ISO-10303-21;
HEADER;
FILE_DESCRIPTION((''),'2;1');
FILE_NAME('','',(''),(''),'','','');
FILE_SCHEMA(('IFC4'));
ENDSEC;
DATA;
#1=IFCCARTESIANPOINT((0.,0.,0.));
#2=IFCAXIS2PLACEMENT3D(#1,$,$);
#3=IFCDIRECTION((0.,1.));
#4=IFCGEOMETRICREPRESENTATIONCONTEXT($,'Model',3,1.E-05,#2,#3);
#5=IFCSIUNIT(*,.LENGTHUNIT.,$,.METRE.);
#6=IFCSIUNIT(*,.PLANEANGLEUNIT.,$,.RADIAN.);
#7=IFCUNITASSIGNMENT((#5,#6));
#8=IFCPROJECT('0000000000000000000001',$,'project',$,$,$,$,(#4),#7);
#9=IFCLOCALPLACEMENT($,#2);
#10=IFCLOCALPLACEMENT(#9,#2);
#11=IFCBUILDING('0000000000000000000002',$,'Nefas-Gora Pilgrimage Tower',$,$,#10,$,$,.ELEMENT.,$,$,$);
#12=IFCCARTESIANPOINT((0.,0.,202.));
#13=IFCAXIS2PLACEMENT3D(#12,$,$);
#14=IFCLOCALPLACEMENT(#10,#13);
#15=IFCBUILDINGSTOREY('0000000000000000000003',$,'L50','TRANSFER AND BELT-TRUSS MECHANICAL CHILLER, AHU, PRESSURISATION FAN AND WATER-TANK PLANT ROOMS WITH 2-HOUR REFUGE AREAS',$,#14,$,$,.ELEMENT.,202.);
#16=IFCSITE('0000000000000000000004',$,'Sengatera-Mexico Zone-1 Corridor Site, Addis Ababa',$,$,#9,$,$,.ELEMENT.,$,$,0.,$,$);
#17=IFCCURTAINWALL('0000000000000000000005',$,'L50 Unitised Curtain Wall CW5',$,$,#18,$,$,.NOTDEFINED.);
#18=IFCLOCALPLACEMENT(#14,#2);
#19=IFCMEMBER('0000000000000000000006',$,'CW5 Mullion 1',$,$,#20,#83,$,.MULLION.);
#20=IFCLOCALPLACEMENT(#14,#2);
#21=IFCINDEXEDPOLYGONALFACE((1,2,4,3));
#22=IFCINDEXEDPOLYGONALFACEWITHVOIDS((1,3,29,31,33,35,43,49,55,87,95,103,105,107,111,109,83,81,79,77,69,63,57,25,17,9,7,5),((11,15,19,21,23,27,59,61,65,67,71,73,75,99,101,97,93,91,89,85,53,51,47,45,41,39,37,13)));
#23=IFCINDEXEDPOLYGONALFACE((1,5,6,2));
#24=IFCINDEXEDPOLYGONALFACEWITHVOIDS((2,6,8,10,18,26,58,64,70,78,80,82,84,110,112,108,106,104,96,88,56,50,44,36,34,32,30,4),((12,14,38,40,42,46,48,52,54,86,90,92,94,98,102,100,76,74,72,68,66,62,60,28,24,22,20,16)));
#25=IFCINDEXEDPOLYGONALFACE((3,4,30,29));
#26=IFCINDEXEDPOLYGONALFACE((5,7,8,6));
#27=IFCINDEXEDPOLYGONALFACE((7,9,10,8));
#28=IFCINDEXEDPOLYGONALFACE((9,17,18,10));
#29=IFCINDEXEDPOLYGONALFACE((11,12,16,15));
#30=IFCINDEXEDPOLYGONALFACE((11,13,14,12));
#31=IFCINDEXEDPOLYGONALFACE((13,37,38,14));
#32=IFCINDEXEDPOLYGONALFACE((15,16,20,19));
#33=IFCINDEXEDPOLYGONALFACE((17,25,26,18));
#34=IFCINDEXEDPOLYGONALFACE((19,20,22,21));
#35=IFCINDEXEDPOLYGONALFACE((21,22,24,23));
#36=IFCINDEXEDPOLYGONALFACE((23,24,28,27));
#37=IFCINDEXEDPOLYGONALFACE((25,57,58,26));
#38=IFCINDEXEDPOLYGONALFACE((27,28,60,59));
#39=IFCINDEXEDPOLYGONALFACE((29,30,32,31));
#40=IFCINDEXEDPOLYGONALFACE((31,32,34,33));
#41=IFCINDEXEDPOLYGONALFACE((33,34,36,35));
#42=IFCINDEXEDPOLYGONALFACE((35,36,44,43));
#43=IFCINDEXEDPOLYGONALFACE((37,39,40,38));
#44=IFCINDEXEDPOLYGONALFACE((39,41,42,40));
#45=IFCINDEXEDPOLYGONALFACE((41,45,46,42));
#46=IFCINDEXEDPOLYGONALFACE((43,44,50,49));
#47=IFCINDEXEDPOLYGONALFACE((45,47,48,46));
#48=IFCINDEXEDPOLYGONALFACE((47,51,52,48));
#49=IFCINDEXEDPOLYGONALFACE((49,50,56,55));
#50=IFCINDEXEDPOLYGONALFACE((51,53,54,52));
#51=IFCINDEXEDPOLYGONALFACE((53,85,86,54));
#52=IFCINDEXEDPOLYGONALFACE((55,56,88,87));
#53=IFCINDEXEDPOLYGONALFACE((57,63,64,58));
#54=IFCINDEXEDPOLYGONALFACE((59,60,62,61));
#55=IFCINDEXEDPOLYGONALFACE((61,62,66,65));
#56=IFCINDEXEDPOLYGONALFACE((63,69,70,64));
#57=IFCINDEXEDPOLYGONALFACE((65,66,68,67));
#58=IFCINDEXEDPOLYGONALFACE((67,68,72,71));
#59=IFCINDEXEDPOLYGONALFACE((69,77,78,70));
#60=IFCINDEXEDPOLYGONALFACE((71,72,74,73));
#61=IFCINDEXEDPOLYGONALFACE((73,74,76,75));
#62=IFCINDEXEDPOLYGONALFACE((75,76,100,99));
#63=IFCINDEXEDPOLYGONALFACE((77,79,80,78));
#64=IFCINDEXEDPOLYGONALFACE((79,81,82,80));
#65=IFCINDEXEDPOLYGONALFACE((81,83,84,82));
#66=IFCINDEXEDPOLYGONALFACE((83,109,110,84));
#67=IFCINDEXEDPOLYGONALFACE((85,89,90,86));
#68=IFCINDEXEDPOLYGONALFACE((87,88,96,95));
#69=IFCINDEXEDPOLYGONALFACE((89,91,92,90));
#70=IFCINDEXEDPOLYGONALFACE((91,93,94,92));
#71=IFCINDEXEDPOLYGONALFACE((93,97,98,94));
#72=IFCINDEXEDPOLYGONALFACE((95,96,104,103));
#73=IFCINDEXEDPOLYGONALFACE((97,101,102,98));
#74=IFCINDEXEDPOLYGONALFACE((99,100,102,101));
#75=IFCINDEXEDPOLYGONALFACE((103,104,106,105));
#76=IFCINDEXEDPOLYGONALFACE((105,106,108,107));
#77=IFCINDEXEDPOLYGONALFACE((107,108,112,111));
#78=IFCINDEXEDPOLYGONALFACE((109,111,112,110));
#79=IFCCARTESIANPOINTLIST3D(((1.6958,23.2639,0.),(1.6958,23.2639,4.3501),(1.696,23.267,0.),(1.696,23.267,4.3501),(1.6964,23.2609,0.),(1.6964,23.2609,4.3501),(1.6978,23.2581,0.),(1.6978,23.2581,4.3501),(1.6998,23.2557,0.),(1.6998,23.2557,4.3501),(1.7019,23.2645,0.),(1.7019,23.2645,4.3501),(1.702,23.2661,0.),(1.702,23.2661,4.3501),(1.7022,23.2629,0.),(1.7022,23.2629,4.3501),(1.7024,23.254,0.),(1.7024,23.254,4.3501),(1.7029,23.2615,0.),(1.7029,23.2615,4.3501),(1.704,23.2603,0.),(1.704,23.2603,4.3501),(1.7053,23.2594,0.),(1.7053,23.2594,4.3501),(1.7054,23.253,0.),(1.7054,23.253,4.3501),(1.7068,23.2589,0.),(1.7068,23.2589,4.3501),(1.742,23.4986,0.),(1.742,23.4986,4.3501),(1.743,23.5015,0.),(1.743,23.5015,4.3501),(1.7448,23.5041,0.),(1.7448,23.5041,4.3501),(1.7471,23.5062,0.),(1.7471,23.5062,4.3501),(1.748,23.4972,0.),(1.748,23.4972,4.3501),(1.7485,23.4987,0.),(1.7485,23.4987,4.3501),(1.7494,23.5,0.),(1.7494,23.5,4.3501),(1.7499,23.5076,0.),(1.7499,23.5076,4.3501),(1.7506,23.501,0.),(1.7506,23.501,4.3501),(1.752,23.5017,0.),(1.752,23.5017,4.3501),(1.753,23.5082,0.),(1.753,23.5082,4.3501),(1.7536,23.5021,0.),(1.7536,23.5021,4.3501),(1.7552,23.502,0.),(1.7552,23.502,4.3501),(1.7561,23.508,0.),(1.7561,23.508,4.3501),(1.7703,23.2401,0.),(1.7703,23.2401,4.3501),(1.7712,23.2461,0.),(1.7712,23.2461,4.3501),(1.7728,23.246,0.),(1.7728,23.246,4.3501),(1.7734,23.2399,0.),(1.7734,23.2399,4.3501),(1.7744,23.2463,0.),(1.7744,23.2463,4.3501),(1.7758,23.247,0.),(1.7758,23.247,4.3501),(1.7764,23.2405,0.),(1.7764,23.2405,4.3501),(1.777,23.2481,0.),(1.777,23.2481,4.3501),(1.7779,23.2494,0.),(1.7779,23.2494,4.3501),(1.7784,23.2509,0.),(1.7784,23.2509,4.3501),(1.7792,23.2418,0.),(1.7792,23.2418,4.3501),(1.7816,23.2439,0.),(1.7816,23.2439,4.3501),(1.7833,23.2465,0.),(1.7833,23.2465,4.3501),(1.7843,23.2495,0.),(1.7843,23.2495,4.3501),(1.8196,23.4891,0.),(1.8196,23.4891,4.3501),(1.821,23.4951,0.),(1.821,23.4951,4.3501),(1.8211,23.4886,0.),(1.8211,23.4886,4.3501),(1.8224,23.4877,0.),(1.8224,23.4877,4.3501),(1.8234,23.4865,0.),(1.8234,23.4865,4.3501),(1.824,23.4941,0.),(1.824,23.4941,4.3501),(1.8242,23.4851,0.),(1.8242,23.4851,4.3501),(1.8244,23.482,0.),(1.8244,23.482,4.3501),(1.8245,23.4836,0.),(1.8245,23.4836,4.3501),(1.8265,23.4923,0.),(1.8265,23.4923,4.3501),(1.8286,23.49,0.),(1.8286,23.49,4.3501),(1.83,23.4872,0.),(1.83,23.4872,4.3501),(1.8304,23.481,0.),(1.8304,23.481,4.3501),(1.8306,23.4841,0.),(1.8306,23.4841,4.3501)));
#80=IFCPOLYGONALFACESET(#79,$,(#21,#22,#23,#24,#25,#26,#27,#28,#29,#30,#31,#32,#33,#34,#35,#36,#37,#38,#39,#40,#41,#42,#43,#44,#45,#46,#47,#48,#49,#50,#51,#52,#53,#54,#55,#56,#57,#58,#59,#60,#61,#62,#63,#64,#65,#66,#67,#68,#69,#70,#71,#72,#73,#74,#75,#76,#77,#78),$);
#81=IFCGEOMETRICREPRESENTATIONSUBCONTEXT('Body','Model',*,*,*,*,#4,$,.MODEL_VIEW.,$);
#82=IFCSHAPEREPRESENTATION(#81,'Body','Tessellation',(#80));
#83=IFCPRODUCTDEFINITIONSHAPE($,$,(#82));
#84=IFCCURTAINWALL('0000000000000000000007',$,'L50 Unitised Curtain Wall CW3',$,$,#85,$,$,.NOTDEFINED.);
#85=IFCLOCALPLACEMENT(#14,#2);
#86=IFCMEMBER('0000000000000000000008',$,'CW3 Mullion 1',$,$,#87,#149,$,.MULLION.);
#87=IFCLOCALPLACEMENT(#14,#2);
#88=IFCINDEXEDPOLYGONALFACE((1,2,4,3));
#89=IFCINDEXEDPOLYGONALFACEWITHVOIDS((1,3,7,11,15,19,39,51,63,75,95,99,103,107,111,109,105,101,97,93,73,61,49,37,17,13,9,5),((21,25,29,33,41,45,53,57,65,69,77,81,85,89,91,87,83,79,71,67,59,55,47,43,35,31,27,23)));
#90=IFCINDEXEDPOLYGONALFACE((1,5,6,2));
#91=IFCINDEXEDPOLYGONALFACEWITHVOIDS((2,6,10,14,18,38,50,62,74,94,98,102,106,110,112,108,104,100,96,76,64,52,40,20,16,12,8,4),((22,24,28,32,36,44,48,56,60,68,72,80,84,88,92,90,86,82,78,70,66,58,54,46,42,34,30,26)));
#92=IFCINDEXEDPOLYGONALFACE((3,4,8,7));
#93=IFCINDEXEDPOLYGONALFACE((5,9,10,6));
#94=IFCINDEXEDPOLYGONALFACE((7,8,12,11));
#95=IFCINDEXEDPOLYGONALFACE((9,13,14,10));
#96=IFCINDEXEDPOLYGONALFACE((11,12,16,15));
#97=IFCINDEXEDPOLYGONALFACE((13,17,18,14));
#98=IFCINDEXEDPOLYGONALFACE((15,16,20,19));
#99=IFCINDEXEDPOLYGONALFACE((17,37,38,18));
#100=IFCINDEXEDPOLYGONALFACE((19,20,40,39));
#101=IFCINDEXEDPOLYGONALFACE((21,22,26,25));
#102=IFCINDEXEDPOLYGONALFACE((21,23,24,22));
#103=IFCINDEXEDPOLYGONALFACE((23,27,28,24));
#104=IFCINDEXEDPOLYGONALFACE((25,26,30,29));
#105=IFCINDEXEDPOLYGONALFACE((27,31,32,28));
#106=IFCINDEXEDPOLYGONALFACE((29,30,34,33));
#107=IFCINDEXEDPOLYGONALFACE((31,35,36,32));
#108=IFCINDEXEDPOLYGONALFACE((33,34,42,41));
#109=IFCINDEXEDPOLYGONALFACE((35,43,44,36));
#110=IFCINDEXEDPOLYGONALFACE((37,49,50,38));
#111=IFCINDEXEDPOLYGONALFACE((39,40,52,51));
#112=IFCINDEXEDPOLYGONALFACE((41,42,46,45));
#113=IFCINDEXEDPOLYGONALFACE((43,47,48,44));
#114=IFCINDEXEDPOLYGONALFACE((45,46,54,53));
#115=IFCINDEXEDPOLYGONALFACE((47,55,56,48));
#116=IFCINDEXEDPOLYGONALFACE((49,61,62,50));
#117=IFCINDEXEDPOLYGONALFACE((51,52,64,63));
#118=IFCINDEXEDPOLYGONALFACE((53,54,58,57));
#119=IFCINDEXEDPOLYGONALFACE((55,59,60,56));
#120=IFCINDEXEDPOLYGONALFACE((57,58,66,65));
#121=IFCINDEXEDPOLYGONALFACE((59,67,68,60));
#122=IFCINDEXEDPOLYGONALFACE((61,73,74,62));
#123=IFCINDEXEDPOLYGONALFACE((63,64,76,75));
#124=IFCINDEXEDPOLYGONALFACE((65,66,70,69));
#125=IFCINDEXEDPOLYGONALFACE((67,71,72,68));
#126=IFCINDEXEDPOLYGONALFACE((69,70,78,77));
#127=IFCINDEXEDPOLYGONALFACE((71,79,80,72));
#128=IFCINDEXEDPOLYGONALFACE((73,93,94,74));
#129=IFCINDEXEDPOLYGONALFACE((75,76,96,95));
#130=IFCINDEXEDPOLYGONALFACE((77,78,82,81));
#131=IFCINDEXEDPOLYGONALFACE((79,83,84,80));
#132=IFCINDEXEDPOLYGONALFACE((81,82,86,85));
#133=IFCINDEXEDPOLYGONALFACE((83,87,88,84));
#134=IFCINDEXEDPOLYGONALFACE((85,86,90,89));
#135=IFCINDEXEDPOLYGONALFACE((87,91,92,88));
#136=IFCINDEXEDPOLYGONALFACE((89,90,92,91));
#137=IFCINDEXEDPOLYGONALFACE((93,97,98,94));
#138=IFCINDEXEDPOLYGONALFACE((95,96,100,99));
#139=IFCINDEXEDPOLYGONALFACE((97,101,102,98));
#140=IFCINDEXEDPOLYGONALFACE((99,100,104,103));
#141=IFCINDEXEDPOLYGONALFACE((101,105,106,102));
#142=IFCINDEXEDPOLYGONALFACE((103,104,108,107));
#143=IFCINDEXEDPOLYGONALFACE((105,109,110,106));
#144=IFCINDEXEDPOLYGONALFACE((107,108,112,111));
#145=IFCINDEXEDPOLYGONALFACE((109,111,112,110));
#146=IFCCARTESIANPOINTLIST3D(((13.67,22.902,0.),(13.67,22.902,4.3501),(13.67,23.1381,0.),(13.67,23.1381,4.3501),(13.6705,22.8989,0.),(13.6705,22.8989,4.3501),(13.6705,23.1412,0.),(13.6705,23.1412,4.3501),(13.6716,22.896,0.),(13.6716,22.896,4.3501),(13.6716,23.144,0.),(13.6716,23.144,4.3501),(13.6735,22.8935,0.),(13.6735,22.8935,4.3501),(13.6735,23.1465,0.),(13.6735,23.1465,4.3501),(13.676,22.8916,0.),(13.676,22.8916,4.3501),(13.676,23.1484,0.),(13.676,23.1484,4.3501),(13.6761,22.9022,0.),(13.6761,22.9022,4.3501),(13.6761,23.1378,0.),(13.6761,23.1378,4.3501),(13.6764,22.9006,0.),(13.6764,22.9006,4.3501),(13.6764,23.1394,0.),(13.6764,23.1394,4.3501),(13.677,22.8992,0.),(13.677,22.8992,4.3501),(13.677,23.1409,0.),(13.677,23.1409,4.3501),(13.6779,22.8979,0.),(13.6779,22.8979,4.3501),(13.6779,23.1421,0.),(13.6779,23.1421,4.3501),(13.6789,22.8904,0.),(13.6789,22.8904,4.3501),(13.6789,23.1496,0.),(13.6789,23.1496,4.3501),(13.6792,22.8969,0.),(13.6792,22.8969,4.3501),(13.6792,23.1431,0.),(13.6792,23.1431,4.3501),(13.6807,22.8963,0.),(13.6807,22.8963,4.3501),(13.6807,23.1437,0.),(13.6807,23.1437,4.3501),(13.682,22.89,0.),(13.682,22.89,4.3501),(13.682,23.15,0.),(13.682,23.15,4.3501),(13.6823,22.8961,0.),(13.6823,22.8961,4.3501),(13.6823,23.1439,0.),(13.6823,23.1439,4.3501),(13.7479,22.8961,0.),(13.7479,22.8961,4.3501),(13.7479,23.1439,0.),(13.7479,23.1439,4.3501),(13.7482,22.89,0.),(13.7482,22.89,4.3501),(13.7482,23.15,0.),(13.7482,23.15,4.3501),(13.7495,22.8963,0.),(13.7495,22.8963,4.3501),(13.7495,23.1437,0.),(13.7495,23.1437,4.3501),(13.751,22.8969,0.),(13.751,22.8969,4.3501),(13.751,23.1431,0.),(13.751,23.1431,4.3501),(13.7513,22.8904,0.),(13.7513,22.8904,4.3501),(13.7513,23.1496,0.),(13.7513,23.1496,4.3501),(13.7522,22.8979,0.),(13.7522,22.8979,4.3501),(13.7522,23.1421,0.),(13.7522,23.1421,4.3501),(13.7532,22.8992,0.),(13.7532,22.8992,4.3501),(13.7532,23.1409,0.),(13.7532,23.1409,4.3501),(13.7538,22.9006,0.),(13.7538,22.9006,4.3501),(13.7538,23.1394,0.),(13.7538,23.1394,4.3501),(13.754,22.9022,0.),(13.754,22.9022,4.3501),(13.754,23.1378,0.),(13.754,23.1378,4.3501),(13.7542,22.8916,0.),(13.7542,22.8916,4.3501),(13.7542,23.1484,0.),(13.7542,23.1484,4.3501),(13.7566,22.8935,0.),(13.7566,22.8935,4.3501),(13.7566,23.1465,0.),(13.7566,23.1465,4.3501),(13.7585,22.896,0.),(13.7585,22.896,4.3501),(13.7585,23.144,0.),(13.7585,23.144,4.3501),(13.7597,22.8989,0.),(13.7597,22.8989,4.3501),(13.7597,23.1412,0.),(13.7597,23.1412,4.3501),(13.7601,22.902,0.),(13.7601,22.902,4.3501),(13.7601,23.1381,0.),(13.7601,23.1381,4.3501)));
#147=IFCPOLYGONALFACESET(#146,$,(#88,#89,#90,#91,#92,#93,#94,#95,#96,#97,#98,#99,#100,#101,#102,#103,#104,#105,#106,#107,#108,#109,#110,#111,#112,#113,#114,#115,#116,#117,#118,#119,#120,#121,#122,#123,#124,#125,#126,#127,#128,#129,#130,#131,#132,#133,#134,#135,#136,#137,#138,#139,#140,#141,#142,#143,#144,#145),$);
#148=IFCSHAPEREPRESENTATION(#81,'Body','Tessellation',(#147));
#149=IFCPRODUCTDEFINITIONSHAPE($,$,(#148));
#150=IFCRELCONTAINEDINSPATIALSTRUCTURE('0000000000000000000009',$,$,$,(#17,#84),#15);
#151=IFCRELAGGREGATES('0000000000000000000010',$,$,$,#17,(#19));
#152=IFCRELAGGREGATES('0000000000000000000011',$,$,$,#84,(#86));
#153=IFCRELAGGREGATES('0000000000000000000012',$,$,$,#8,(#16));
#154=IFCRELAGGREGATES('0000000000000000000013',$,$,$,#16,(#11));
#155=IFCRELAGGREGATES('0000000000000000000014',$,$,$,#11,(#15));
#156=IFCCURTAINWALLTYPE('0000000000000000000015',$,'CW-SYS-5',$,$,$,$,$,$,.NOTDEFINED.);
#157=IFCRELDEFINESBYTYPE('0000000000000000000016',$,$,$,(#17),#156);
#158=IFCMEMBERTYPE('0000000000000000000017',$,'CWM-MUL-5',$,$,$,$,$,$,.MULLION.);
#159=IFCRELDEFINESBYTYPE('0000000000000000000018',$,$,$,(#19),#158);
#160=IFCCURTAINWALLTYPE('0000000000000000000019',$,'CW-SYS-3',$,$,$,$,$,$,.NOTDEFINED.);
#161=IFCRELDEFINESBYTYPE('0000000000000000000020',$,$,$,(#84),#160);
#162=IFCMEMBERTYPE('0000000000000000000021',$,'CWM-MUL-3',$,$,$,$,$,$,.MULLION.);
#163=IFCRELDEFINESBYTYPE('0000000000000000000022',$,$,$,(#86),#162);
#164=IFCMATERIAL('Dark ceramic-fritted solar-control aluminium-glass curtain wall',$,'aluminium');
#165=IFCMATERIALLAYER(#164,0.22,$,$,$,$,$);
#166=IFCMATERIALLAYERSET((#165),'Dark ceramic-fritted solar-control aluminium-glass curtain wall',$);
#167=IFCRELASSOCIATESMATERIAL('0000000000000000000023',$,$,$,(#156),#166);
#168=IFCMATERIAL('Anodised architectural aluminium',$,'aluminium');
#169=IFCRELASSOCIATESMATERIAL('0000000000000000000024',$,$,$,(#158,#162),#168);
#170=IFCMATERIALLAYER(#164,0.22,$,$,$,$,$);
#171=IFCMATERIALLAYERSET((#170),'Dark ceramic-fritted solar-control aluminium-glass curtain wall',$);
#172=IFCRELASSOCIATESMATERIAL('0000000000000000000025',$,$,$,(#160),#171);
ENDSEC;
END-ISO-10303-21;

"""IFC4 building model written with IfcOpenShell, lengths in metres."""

from ifc_helpers import new_model, si_unit, direction, frame, origin, origin_2d, place, context, subcontext, project, spatial, hollow_rectangle, extrude, source, transform, mapped, material, layer, layer_set, material_profile, profile_set, type_object, element, aggregate, save


model = new_model("IFC4")

# Units and contexts
model_context = context("Model", 3, precision=1e-05, world=origin(), true_north=direction((0.0, 1.0)))
body_context = subcontext(model_context, "Body", "Model", "MODEL_VIEW")
ifc_project = project(units=[si_unit("LENGTHUNIT", "METRE"), si_unit("PLANEANGLEUNIT", "RADIAN")], contexts=[model_context])

# Site, building, storey
site_placement = place(None, origin())
site = spatial("IfcSite", under=ifc_project, at=site_placement, Name="Sengatera-Mexico Zone-1 Corridor Site, Addis Ababa", CompositionType="ELEMENT", RefElevation=0.0)
building_placement = place(site_placement, origin())
building = spatial("IfcBuilding", under=site, at=building_placement, Name="Nefas-Gora Pilgrimage Tower", CompositionType="ELEMENT")
storey_placement = place(building_placement, frame((0.0, 0.0, 202.0)))
storey = spatial("IfcBuildingStorey", under=building, at=storey_placement, Name="L50", Description="TRANSFER AND BELT-TRUSS MECHANICAL CHILLER, AHU, PRESSURISATION FAN AND WATER-TANK PLANT ROOMS WITH 2-HOUR REFUGE AREAS", CompositionType="ELEMENT", Elevation=202.0)

# Curtain wall
ifc_material_1 = material(Name="Dark ceramic-fritted solar-control aluminium-glass curtain wall", Category="aluminium")
ifc_layer_1 = layer(ifc_material_1, 0.22)
ifc_layer_set_1 = layer_set([ifc_layer_1], Name="Dark ceramic-fritted solar-control aluminium-glass curtain wall")
curtain_wall_type_1 = type_object("IfcCurtainWallType", Name="CW-SYS-5", PredefinedType="NOTDEFINED", material=ifc_layer_set_1)
ifc_material_2 = material(Name="Anodised architectural aluminium", Category="aluminium")
curtain_wall_1_placement = place(storey_placement, origin())
curtain_wall_1 = element("IfcCurtainWall", 1, at=curtain_wall_1_placement, inside=storey, type_object=curtain_wall_type_1, Name="L50 Unitised Curtain Wall CW5", PredefinedType="NOTDEFINED")

# Member
ifc_material_profile_1 = material_profile(ifc_material_2, hollow_rectangle(XDim=0.0901, YDim=0.26, WallThickness=0.0061, InnerFilletRadius=0.0061, OuterFilletRadius=0.012, at=origin_2d()), Name="ALU MULLION 90x260")
ifc_profile_set_1 = profile_set([ifc_material_profile_1], Name="Anodised architectural aluminium")
member_type_1 = type_object("IfcMemberType", Name="CWM-MUL-5", PredefinedType="MULLION", material=ifc_profile_set_1)
shared_shape_1 = source(origin(), body_context, "Body", "SweptSolid", [
    extrude(hollow_rectangle(XDim=0.0901, YDim=0.26, WallThickness=0.0061, InnerFilletRadius=0.0061, OuterFilletRadius=0.012, at=origin_2d()), origin(), (0.0, 0.0, 1.0), 4.3501),
])
member_1_placement = place(storey_placement, frame((1.7632, 23.374, 0.0), z_axis=(0.0, 0.0, 1.0), x_axis=(-0.980783, 0.195102, 0.0)))
member_1 = element("IfcMember", 2, at=member_1_placement, type_object=member_type_1, Name="CW5 Mullion 1", PredefinedType="MULLION", context=body_context, shape_type="MappedRepresentation", body=[
    mapped(shared_shape_1, transform((0.0, 0.0, 0.0), x_axis=(1.0, 0.0, 0.0), y_axis=(0.0, 1.0, 0.0), z_axis=(0.0, 0.0, 1.0), scale=1.0)),
])

# Curtain wall, member
ifc_layer_2 = layer(ifc_material_1, 0.22)
ifc_layer_set_2 = layer_set([ifc_layer_2], Name="Dark ceramic-fritted solar-control aluminium-glass curtain wall")
curtain_wall_type_2 = type_object("IfcCurtainWallType", Name="CW-SYS-3", PredefinedType="NOTDEFINED", material=ifc_layer_set_2)
curtain_wall_2_placement = place(storey_placement, origin())
curtain_wall_2 = element("IfcCurtainWall", 3, at=curtain_wall_2_placement, inside=storey, type_object=curtain_wall_type_2, Name="L50 Unitised Curtain Wall CW3", PredefinedType="NOTDEFINED")
ifc_material_profile_2 = material_profile(ifc_material_2, hollow_rectangle(XDim=0.0901, YDim=0.26, WallThickness=0.0061, InnerFilletRadius=0.0061, OuterFilletRadius=0.012, at=origin_2d()), Name="ALU MULLION 90x260")
ifc_profile_set_2 = profile_set([ifc_material_profile_2], Name="Anodised architectural aluminium")
member_type_2 = type_object("IfcMemberType", Name="CWM-MUL-3", PredefinedType="MULLION", material=ifc_profile_set_2)
shared_shape_2 = source(origin(), body_context, "Body", "SweptSolid", [
    extrude(hollow_rectangle(XDim=0.0901, YDim=0.26, WallThickness=0.0061, InnerFilletRadius=0.0061, OuterFilletRadius=0.012, at=origin_2d()), origin(), (0.0, 0.0, 1.0), 4.3501),
])
member_2_placement = place(storey_placement, frame((13.7151, 23.02, 0.0), z_axis=(0.0, 0.0, 1.0), x_axis=(-1.0, 0.0, 0.0)))
member_2 = element("IfcMember", 4, at=member_2_placement, type_object=member_type_2, Name="CW3 Mullion 1", PredefinedType="MULLION", context=body_context, shape_type="MappedRepresentation", body=[
    mapped(shared_shape_2, transform((0.0, 0.0, 0.0), x_axis=(1.0, 0.0, 0.0), y_axis=(0.0, 1.0, 0.0), z_axis=(0.0, 0.0, 1.0), scale=1.0)),
])

aggregate(curtain_wall_1, [member_1])
aggregate(curtain_wall_2, [member_2])

save(model, "model.ifc")
